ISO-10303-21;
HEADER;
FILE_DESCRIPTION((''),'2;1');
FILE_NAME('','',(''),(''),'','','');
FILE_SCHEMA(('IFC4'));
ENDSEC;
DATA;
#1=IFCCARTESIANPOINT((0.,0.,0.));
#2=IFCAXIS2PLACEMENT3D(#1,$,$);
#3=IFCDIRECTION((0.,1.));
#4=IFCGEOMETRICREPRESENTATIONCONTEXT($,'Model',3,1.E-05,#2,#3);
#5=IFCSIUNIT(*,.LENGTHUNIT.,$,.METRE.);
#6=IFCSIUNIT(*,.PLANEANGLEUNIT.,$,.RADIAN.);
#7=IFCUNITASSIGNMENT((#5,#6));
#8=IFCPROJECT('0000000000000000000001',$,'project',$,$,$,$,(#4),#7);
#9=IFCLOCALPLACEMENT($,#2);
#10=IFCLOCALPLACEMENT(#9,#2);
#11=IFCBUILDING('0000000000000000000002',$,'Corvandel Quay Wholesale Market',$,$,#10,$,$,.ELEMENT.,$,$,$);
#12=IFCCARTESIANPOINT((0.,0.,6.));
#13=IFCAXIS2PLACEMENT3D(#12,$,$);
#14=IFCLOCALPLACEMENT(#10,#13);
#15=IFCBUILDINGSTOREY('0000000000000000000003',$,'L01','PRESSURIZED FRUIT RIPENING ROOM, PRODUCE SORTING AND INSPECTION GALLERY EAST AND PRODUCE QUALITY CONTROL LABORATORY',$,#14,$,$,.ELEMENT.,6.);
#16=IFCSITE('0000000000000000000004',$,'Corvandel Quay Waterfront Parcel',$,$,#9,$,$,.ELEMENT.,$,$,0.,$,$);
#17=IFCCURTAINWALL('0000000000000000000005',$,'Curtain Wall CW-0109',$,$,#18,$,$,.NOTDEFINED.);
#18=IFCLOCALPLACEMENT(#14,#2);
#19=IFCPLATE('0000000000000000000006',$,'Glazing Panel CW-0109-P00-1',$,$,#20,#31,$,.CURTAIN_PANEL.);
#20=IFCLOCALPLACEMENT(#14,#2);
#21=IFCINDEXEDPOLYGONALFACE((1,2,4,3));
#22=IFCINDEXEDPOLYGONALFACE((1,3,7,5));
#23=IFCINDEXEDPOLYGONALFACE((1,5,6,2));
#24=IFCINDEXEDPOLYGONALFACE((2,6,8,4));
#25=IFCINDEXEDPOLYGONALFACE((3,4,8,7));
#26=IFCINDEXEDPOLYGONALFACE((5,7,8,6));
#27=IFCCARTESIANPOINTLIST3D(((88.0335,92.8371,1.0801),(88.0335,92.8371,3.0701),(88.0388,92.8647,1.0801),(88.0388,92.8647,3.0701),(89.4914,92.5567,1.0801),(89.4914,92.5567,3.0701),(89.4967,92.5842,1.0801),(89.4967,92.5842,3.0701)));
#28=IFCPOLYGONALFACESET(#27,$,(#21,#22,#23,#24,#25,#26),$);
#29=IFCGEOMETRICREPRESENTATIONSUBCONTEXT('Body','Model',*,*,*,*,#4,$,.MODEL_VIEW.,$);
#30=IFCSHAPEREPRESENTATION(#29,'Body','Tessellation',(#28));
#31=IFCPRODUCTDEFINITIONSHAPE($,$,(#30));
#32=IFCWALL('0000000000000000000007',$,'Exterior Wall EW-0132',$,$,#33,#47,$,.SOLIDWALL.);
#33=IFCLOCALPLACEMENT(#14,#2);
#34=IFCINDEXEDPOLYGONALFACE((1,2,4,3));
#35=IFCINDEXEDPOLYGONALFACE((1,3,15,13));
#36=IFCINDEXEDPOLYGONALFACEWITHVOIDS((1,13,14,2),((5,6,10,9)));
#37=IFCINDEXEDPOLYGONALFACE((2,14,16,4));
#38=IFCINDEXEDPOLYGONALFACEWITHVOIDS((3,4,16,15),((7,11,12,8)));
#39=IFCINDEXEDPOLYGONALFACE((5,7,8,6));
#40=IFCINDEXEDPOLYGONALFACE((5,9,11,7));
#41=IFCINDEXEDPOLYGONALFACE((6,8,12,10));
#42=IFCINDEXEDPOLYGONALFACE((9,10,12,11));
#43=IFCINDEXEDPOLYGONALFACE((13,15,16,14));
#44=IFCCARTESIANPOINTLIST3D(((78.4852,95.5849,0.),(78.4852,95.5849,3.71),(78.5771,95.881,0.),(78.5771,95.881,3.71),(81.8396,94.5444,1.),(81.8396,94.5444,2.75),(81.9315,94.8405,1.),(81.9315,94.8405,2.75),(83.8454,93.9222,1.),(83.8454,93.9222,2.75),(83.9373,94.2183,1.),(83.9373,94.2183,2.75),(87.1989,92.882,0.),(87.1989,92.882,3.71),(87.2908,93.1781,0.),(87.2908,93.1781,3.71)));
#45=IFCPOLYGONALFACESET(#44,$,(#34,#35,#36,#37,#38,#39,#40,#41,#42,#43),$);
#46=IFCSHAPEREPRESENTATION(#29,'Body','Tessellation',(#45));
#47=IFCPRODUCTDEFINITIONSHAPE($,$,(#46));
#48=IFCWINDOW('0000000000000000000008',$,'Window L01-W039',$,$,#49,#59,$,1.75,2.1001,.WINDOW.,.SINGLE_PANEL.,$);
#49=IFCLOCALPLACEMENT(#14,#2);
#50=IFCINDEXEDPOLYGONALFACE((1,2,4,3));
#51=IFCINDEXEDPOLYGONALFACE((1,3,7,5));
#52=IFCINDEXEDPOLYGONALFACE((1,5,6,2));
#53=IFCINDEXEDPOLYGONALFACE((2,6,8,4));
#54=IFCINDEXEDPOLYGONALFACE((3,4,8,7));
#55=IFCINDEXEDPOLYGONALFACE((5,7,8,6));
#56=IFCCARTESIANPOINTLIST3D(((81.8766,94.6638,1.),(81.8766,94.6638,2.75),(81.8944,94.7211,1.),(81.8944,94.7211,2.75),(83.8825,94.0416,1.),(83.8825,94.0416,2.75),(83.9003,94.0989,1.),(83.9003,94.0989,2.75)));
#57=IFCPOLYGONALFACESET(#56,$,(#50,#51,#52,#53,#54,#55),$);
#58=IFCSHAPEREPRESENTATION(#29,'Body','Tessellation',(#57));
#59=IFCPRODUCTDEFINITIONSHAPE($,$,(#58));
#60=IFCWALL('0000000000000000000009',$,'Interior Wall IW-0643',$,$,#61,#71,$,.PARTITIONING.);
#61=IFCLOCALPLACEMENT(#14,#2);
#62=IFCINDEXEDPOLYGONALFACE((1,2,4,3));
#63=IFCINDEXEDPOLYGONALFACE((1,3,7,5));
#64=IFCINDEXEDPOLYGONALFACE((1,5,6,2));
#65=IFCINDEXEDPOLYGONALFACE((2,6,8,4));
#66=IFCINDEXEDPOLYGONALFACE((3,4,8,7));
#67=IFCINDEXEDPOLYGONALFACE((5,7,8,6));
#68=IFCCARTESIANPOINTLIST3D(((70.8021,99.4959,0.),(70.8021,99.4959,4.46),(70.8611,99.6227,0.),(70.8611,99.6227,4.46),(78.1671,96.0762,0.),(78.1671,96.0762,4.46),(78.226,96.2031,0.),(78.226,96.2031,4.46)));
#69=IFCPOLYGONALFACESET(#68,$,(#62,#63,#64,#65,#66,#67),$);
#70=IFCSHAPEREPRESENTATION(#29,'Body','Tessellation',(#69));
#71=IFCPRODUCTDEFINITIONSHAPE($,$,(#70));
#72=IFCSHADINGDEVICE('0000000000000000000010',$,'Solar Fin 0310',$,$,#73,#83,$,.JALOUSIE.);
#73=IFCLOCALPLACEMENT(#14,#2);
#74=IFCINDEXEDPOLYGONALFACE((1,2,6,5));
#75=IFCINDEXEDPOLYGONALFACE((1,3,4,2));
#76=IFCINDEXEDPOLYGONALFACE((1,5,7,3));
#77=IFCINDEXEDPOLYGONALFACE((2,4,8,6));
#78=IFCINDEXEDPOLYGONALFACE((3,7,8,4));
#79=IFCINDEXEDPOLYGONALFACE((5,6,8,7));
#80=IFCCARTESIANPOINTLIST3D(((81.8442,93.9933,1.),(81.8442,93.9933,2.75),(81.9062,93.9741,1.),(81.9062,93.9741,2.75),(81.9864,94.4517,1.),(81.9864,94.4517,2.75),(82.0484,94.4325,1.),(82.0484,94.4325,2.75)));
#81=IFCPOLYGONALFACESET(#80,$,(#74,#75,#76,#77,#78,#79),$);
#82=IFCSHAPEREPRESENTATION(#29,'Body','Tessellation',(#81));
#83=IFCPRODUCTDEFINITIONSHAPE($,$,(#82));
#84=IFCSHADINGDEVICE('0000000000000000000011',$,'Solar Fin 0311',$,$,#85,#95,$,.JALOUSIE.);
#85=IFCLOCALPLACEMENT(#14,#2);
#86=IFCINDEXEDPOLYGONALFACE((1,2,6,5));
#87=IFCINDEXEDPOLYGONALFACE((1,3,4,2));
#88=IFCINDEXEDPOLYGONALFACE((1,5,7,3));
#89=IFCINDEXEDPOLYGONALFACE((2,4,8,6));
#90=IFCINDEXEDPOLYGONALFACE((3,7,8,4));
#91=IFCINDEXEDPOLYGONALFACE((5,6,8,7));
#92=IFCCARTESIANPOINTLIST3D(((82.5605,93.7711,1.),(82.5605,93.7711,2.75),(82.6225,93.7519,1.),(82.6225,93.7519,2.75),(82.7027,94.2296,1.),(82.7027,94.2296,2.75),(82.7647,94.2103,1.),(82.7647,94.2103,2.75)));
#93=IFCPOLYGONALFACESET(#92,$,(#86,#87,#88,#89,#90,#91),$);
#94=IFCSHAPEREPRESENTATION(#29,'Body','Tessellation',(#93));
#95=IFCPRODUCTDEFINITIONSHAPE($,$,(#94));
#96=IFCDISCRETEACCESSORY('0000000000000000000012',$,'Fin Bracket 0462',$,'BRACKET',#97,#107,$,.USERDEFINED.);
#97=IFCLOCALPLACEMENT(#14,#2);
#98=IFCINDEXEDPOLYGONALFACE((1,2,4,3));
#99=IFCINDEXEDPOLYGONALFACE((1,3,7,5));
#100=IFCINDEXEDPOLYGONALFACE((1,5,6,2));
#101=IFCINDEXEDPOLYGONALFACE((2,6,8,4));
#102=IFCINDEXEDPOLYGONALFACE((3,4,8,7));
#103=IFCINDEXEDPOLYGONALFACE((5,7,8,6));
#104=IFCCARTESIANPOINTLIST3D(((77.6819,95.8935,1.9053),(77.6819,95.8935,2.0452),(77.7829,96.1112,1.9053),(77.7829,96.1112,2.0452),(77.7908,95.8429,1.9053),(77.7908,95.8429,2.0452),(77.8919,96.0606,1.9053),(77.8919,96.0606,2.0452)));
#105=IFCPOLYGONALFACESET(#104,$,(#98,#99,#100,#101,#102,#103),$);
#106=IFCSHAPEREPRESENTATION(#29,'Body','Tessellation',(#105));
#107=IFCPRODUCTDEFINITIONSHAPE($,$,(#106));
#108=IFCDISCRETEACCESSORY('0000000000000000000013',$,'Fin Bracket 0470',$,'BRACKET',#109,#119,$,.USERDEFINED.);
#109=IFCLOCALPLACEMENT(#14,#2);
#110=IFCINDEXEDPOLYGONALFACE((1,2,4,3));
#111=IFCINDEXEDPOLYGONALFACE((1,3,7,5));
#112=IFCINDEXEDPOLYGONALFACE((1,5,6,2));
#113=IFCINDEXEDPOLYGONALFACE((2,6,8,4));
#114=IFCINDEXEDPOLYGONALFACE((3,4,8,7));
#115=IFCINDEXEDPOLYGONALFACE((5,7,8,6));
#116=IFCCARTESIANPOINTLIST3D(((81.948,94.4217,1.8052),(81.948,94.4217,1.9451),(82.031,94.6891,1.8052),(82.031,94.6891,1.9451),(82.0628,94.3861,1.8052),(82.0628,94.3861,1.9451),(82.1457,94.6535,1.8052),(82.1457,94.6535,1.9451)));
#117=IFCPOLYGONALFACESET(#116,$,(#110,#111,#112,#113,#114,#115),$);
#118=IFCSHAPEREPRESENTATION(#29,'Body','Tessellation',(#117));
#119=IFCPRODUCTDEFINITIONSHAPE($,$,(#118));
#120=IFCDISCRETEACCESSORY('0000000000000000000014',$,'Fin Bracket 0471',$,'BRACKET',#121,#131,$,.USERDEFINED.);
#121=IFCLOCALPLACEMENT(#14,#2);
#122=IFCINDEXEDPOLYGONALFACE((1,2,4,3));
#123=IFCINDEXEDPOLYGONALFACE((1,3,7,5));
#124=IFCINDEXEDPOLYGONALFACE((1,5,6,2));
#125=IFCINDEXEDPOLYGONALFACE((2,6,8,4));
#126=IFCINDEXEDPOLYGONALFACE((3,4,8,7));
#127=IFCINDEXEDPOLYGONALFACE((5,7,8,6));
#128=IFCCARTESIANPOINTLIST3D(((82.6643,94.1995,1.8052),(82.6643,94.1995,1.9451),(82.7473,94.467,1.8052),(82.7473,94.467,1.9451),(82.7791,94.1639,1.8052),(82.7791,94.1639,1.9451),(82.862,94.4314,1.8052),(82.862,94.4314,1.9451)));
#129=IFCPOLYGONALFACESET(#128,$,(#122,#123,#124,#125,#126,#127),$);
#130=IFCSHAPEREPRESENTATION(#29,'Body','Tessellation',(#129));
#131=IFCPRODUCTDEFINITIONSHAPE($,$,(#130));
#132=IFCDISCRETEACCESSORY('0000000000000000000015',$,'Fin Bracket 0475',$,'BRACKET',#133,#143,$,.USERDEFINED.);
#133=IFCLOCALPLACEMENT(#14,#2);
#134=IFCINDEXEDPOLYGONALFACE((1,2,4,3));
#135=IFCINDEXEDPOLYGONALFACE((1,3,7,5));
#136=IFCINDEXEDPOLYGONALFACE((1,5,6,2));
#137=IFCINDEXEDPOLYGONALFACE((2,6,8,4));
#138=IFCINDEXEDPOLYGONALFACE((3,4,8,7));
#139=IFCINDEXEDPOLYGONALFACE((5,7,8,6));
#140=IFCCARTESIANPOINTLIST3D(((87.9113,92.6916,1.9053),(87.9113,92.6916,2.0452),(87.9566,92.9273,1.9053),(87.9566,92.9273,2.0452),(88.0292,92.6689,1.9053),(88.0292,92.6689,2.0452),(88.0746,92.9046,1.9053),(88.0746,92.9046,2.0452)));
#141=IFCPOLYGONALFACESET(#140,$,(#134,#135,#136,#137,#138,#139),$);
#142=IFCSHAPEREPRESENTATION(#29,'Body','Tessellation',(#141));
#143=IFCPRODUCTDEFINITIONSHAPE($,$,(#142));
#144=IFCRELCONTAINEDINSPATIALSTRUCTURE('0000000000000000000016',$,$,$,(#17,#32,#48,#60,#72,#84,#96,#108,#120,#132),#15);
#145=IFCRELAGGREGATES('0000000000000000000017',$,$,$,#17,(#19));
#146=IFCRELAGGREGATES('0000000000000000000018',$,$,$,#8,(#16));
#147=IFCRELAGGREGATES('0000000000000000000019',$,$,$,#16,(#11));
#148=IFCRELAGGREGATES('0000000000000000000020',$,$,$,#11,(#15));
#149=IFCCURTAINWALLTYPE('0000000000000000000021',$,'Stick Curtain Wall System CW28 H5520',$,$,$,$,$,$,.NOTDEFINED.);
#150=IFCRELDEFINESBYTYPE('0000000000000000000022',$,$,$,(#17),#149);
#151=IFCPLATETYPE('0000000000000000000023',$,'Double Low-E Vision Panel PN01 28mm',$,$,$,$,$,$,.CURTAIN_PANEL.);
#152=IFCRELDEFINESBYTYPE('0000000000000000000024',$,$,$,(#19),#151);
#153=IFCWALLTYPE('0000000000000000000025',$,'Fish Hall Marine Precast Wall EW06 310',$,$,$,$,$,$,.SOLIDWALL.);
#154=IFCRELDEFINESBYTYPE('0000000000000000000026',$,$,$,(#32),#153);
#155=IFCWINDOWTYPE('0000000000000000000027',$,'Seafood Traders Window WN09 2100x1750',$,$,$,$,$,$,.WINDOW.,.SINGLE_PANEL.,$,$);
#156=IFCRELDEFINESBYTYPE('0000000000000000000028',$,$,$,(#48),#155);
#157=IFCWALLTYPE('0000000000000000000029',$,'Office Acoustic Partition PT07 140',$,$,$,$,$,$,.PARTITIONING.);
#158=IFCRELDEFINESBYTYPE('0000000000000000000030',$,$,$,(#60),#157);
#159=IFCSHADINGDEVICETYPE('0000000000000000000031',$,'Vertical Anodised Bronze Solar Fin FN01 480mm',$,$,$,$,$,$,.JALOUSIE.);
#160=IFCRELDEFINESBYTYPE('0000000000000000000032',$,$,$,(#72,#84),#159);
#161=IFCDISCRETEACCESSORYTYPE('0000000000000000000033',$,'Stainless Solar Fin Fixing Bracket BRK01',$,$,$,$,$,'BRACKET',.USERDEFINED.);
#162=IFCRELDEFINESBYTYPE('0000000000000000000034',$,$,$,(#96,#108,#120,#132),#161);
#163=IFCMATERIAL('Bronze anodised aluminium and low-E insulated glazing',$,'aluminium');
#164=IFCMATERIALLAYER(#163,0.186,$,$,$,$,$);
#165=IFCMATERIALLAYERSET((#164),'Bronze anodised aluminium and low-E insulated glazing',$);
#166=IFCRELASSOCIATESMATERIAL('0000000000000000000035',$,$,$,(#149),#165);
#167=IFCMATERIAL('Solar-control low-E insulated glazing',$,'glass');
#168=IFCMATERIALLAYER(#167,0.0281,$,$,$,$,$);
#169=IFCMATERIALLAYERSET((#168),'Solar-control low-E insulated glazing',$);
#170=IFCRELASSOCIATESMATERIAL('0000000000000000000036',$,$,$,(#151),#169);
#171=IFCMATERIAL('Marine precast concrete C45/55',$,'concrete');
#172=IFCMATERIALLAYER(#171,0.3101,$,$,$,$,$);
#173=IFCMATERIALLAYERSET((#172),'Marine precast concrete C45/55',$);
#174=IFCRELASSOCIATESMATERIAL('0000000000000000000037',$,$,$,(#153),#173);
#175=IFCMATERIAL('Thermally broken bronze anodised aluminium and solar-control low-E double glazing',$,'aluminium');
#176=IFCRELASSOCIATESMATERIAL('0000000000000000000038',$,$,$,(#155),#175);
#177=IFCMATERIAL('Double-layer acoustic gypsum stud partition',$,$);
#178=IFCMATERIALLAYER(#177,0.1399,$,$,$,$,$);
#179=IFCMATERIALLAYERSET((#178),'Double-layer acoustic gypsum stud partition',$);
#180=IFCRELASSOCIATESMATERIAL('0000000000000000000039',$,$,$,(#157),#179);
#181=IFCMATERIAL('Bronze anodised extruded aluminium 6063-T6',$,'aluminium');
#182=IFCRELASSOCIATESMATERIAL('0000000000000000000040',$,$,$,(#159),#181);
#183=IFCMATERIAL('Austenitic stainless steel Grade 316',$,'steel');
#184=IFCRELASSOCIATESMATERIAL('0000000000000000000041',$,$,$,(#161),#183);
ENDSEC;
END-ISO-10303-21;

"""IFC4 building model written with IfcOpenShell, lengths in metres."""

from ifc_helpers import new_model, si_unit, direction, frame, frame_2d, origin, origin_2d, place, context, subcontext, project, spatial, rectangle, extrude, material, layer, layer_set, type_object, element, fill, aggregate, save


model = new_model("IFC4")

# Units and contexts
model_context = context("Model", 3, precision=1e-05, world=origin(), true_north=direction((0.0, 1.0)))
body_context = subcontext(model_context, "Body", "Model", "MODEL_VIEW")
ifc_project = project(units=[si_unit("LENGTHUNIT", "METRE"), si_unit("PLANEANGLEUNIT", "RADIAN")], contexts=[model_context])

# Site, building, storey
site_placement = place(None, origin())
site = spatial("IfcSite", under=ifc_project, at=site_placement, Name="Corvandel Quay Waterfront Parcel", CompositionType="ELEMENT", RefElevation=0.0)
building_placement = place(site_placement, origin())
building = spatial("IfcBuilding", under=site, at=building_placement, Name="Corvandel Quay Wholesale Market", CompositionType="ELEMENT")
storey_placement = place(building_placement, frame((0.0, 0.0, 6.0)))
storey = spatial("IfcBuildingStorey", under=building, at=storey_placement, Name="L01", Description="PRESSURIZED FRUIT RIPENING ROOM, PRODUCE SORTING AND INSPECTION GALLERY EAST AND PRODUCE QUALITY CONTROL LABORATORY", CompositionType="ELEMENT", Elevation=6.0)

# Shared definitions
ifc_material_1 = material(Name="Bronze anodised aluminium and low-E insulated glazing", Category="aluminium")

# Curtain wall
ifc_layer_1 = layer(ifc_material_1, 0.186)
ifc_layer_set_1 = layer_set([ifc_layer_1], Name="Bronze anodised aluminium and low-E insulated glazing")
curtain_wall_type_1 = type_object("IfcCurtainWallType", Name="Stick Curtain Wall System CW28 H5520", PredefinedType="NOTDEFINED", material=ifc_layer_set_1)
curtain_wall_1_placement = place(storey_placement, origin())
curtain_wall_1 = element("IfcCurtainWall", 1, at=curtain_wall_1_placement, inside=storey, type_object=curtain_wall_type_1, Name="Curtain Wall CW-0109", PredefinedType="NOTDEFINED")

# Plate
ifc_material_2 = material(Name="Solar-control low-E insulated glazing", Category="glass")
ifc_layer_2 = layer(ifc_material_2, 0.0281)
ifc_layer_set_2 = layer_set([ifc_layer_2], Name="Solar-control low-E insulated glazing")
plate_type_1 = type_object("IfcPlateType", Name="Double Low-E Vision Panel PN01 28mm", PredefinedType="CURTAIN_PANEL", material=ifc_layer_set_2)
plate_1_placement = place(storey_placement, frame((88.7651, 92.7107, 1.0801), z_axis=(0.0, 0.0, 1.0), x_axis=(-0.981992, 0.188924, 0.0)))
plate_1 = element("IfcPlate", 2, at=plate_1_placement, type_object=plate_type_1, Name="Glazing Panel CW-0109-P00-1", PredefinedType="CURTAIN_PANEL", context=body_context, shape_type="SweptSolid", body=[
    extrude(rectangle(XDim=1.4846, YDim=0.0281, at=origin_2d()), origin(), (0.0, 0.0, 1.0), 1.99),
])
aggregate(curtain_wall_1, [plate_1])

# Wall, opening, window
ifc_material_3 = material(Name="Marine precast concrete C45/55", Category="concrete")
ifc_layer_3 = layer(ifc_material_3, 0.3101)
ifc_layer_set_3 = layer_set([ifc_layer_3], Name="Marine precast concrete C45/55")
wall_type_1 = type_object("IfcWallType", Name="Fish Hall Marine Precast Wall EW06 310", PredefinedType="SOLIDWALL", material=ifc_layer_set_3)
wall_1_placement = place(storey_placement, frame((78.5312, 95.7329, 0.0), z_axis=(0.0, 0.0, 1.0), x_axis=(0.955106, -0.296265, 0.0)))
wall_1 = element("IfcWall", 3, at=wall_1_placement, inside=storey, type_object=wall_type_1, Name="Exterior Wall EW-0132", PredefinedType="SOLIDWALL", context=body_context, shape_type="SweptSolid", body=[
    extrude(rectangle(XDim=9.1233, YDim=0.3101, at=frame_2d((4.5615, 0.0))), origin(), (0.0, 0.0, 1.0), 3.71),
])
opening_placement = place(wall_1_placement, frame((3.512, 0.0, 1.0)))
opening = element("IfcOpeningElement", 4, at=opening_placement, cuts=wall_1, PredefinedType="OPENING", context=body_context, shape_type="SweptSolid", body=[
    extrude(rectangle(XDim=2.1001, YDim=1.75, at=frame_2d((1.05, 0.875))), frame((0.0, 0.165, 0.0), z_axis=(0.0, -1.0, 0.0), x_axis=(1.0, 0.0, 0.0)), (0.0, 0.0, 1.0), 0.3301),
])
ifc_material_4 = material(Name="Thermally broken bronze anodised aluminium and solar-control low-E double glazing", Category="aluminium")
window_type = type_object("IfcWindowType", Name="Seafood Traders Window WN09 2100x1750", PartitioningType="SINGLE_PANEL", PredefinedType="WINDOW", material=ifc_material_4)
window_placement = place(opening_placement, origin())
window = element("IfcWindow", 5, at=window_placement, inside=storey, type_object=window_type, Name="Window L01-W039", OverallHeight=1.75, OverallWidth=2.1001, PartitioningType="SINGLE_PANEL", PredefinedType="WINDOW", context=body_context, shape_type="SweptSolid", body=[
    extrude(rectangle(XDim=2.1001, YDim=1.75, at=frame_2d((1.05, 0.875))), frame((0.0, 0.03, 0.0), z_axis=(0.0, -1.0, 0.0), x_axis=(1.0, 0.0, 0.0)), (0.0, 0.0, 1.0), 0.0601),
])
fill(opening, window)

# Wall
ifc_material_5 = material(Name="Double-layer acoustic gypsum stud partition")
ifc_layer_4 = layer(ifc_material_5, 0.1399)
ifc_layer_set_4 = layer_set([ifc_layer_4], Name="Double-layer acoustic gypsum stud partition")
wall_type_2 = type_object("IfcWallType", Name="Office Acoustic Partition PT07 140", PredefinedType="PARTITIONING", material=ifc_layer_set_4)
wall_2_placement = place(storey_placement, frame((78.1965, 96.1396, 0.0), z_axis=(0.0, 0.0, 1.0), x_axis=(-0.906999, 0.421133, 0.0)))
element("IfcWall", 6, at=wall_2_placement, inside=storey, type_object=wall_type_2, Name="Interior Wall IW-0643", PredefinedType="PARTITIONING", context=body_context, shape_type="SweptSolid", body=[
    extrude(rectangle(XDim=8.1201, YDim=0.1399, at=frame_2d((4.0601, 0.0))), origin(), (0.0, 0.0, 1.0), 4.46),
])

# Shading devices
ifc_material_6 = material(Name="Bronze anodised extruded aluminium 6063-T6", Category="aluminium")
shading_device_type = type_object("IfcShadingDeviceType", Name="Vertical Anodised Bronze Solar Fin FN01 480mm", PredefinedType="JALOUSIE", material=ifc_material_6)
for number, where, z_axis, x_axis, name in (
    (7, (81.9463, 94.2129, 1.0), (0.0, 0.0, 1.0), (0.296208, 0.955123, 0.0), "Solar Fin 0310"),
    (8, (82.6626, 93.9907, 1.0), (0.0, 0.0, 1.0), (0.296208, 0.955123, 0.0), "Solar Fin 0311"),
):
    element("IfcShadingDevice", number, at=place(storey_placement, frame(where, z_axis=z_axis, x_axis=x_axis)), inside=storey, type_object=shading_device_type, Name=name, PredefinedType="JALOUSIE", context=body_context, shape_type="SweptSolid", body=[
        extrude(rectangle(XDim=0.48, YDim=0.0649, at=origin_2d()), origin(), (0.0, 0.0, 1.0), 1.75),
    ])

# Discrete accessories
ifc_material_7 = material(Name="Austenitic stainless steel Grade 316", Category="steel")
discrete_accessory_type = type_object("IfcDiscreteAccessoryType", Name="Stainless Solar Fin Fixing Bracket BRK01", ElementType="BRACKET", PredefinedType="USERDEFINED", material=ifc_material_7)
discrete_accessory_1_placement = place(storey_placement, frame((77.7869, 95.9771, 1.9053), z_axis=(0.0, 0.0, 1.0), x_axis=(0.421194, 0.906971, 0.0)))
element("IfcDiscreteAccessory", 9, at=discrete_accessory_1_placement, inside=storey, type_object=discrete_accessory_type, Name="Fin Bracket 0462", ObjectType="BRACKET", PredefinedType="USERDEFINED", context=body_context, shape_type="SweptSolid", body=[
    extrude(rectangle(XDim=0.24, YDim=0.1201, at=origin_2d()), origin(), (0.0, 0.0, 1.0), 0.1399),
])
for number, where, z_axis, x_axis, name in (
    (10, (82.0469, 94.5376, 1.8052), (0.0, 0.0, 1.0), (0.296208, 0.955123, 0.0), "Fin Bracket 0470"),
    (11, (82.7632, 94.3154, 1.8052), (0.0, 0.0, 1.0), (0.296208, 0.955123, 0.0), "Fin Bracket 0471"),
):
    element("IfcDiscreteAccessory", number, at=place(storey_placement, frame(where, z_axis=z_axis, x_axis=x_axis)), inside=storey, type_object=discrete_accessory_type, Name=name, ObjectType="BRACKET", PredefinedType="USERDEFINED", context=body_context, shape_type="SweptSolid", body=[
        extrude(rectangle(XDim=0.28, YDim=0.1201, at=origin_2d()), origin(), (0.0, 0.0, 1.0), 0.1399),
    ])
discrete_accessory_2_placement = place(storey_placement, frame((87.9929, 92.7981, 1.9053), z_axis=(0.0, 0.0, 1.0), x_axis=(0.188924, 0.981992, 0.0)))
element("IfcDiscreteAccessory", 12, at=discrete_accessory_2_placement, inside=storey, type_object=discrete_accessory_type, Name="Fin Bracket 0475", ObjectType="BRACKET", PredefinedType="USERDEFINED", context=body_context, shape_type="SweptSolid", body=[
    extrude(rectangle(XDim=0.24, YDim=0.1201, at=origin_2d()), origin(), (0.0, 0.0, 1.0), 0.1399),
])

save(model, "model.ifc")
